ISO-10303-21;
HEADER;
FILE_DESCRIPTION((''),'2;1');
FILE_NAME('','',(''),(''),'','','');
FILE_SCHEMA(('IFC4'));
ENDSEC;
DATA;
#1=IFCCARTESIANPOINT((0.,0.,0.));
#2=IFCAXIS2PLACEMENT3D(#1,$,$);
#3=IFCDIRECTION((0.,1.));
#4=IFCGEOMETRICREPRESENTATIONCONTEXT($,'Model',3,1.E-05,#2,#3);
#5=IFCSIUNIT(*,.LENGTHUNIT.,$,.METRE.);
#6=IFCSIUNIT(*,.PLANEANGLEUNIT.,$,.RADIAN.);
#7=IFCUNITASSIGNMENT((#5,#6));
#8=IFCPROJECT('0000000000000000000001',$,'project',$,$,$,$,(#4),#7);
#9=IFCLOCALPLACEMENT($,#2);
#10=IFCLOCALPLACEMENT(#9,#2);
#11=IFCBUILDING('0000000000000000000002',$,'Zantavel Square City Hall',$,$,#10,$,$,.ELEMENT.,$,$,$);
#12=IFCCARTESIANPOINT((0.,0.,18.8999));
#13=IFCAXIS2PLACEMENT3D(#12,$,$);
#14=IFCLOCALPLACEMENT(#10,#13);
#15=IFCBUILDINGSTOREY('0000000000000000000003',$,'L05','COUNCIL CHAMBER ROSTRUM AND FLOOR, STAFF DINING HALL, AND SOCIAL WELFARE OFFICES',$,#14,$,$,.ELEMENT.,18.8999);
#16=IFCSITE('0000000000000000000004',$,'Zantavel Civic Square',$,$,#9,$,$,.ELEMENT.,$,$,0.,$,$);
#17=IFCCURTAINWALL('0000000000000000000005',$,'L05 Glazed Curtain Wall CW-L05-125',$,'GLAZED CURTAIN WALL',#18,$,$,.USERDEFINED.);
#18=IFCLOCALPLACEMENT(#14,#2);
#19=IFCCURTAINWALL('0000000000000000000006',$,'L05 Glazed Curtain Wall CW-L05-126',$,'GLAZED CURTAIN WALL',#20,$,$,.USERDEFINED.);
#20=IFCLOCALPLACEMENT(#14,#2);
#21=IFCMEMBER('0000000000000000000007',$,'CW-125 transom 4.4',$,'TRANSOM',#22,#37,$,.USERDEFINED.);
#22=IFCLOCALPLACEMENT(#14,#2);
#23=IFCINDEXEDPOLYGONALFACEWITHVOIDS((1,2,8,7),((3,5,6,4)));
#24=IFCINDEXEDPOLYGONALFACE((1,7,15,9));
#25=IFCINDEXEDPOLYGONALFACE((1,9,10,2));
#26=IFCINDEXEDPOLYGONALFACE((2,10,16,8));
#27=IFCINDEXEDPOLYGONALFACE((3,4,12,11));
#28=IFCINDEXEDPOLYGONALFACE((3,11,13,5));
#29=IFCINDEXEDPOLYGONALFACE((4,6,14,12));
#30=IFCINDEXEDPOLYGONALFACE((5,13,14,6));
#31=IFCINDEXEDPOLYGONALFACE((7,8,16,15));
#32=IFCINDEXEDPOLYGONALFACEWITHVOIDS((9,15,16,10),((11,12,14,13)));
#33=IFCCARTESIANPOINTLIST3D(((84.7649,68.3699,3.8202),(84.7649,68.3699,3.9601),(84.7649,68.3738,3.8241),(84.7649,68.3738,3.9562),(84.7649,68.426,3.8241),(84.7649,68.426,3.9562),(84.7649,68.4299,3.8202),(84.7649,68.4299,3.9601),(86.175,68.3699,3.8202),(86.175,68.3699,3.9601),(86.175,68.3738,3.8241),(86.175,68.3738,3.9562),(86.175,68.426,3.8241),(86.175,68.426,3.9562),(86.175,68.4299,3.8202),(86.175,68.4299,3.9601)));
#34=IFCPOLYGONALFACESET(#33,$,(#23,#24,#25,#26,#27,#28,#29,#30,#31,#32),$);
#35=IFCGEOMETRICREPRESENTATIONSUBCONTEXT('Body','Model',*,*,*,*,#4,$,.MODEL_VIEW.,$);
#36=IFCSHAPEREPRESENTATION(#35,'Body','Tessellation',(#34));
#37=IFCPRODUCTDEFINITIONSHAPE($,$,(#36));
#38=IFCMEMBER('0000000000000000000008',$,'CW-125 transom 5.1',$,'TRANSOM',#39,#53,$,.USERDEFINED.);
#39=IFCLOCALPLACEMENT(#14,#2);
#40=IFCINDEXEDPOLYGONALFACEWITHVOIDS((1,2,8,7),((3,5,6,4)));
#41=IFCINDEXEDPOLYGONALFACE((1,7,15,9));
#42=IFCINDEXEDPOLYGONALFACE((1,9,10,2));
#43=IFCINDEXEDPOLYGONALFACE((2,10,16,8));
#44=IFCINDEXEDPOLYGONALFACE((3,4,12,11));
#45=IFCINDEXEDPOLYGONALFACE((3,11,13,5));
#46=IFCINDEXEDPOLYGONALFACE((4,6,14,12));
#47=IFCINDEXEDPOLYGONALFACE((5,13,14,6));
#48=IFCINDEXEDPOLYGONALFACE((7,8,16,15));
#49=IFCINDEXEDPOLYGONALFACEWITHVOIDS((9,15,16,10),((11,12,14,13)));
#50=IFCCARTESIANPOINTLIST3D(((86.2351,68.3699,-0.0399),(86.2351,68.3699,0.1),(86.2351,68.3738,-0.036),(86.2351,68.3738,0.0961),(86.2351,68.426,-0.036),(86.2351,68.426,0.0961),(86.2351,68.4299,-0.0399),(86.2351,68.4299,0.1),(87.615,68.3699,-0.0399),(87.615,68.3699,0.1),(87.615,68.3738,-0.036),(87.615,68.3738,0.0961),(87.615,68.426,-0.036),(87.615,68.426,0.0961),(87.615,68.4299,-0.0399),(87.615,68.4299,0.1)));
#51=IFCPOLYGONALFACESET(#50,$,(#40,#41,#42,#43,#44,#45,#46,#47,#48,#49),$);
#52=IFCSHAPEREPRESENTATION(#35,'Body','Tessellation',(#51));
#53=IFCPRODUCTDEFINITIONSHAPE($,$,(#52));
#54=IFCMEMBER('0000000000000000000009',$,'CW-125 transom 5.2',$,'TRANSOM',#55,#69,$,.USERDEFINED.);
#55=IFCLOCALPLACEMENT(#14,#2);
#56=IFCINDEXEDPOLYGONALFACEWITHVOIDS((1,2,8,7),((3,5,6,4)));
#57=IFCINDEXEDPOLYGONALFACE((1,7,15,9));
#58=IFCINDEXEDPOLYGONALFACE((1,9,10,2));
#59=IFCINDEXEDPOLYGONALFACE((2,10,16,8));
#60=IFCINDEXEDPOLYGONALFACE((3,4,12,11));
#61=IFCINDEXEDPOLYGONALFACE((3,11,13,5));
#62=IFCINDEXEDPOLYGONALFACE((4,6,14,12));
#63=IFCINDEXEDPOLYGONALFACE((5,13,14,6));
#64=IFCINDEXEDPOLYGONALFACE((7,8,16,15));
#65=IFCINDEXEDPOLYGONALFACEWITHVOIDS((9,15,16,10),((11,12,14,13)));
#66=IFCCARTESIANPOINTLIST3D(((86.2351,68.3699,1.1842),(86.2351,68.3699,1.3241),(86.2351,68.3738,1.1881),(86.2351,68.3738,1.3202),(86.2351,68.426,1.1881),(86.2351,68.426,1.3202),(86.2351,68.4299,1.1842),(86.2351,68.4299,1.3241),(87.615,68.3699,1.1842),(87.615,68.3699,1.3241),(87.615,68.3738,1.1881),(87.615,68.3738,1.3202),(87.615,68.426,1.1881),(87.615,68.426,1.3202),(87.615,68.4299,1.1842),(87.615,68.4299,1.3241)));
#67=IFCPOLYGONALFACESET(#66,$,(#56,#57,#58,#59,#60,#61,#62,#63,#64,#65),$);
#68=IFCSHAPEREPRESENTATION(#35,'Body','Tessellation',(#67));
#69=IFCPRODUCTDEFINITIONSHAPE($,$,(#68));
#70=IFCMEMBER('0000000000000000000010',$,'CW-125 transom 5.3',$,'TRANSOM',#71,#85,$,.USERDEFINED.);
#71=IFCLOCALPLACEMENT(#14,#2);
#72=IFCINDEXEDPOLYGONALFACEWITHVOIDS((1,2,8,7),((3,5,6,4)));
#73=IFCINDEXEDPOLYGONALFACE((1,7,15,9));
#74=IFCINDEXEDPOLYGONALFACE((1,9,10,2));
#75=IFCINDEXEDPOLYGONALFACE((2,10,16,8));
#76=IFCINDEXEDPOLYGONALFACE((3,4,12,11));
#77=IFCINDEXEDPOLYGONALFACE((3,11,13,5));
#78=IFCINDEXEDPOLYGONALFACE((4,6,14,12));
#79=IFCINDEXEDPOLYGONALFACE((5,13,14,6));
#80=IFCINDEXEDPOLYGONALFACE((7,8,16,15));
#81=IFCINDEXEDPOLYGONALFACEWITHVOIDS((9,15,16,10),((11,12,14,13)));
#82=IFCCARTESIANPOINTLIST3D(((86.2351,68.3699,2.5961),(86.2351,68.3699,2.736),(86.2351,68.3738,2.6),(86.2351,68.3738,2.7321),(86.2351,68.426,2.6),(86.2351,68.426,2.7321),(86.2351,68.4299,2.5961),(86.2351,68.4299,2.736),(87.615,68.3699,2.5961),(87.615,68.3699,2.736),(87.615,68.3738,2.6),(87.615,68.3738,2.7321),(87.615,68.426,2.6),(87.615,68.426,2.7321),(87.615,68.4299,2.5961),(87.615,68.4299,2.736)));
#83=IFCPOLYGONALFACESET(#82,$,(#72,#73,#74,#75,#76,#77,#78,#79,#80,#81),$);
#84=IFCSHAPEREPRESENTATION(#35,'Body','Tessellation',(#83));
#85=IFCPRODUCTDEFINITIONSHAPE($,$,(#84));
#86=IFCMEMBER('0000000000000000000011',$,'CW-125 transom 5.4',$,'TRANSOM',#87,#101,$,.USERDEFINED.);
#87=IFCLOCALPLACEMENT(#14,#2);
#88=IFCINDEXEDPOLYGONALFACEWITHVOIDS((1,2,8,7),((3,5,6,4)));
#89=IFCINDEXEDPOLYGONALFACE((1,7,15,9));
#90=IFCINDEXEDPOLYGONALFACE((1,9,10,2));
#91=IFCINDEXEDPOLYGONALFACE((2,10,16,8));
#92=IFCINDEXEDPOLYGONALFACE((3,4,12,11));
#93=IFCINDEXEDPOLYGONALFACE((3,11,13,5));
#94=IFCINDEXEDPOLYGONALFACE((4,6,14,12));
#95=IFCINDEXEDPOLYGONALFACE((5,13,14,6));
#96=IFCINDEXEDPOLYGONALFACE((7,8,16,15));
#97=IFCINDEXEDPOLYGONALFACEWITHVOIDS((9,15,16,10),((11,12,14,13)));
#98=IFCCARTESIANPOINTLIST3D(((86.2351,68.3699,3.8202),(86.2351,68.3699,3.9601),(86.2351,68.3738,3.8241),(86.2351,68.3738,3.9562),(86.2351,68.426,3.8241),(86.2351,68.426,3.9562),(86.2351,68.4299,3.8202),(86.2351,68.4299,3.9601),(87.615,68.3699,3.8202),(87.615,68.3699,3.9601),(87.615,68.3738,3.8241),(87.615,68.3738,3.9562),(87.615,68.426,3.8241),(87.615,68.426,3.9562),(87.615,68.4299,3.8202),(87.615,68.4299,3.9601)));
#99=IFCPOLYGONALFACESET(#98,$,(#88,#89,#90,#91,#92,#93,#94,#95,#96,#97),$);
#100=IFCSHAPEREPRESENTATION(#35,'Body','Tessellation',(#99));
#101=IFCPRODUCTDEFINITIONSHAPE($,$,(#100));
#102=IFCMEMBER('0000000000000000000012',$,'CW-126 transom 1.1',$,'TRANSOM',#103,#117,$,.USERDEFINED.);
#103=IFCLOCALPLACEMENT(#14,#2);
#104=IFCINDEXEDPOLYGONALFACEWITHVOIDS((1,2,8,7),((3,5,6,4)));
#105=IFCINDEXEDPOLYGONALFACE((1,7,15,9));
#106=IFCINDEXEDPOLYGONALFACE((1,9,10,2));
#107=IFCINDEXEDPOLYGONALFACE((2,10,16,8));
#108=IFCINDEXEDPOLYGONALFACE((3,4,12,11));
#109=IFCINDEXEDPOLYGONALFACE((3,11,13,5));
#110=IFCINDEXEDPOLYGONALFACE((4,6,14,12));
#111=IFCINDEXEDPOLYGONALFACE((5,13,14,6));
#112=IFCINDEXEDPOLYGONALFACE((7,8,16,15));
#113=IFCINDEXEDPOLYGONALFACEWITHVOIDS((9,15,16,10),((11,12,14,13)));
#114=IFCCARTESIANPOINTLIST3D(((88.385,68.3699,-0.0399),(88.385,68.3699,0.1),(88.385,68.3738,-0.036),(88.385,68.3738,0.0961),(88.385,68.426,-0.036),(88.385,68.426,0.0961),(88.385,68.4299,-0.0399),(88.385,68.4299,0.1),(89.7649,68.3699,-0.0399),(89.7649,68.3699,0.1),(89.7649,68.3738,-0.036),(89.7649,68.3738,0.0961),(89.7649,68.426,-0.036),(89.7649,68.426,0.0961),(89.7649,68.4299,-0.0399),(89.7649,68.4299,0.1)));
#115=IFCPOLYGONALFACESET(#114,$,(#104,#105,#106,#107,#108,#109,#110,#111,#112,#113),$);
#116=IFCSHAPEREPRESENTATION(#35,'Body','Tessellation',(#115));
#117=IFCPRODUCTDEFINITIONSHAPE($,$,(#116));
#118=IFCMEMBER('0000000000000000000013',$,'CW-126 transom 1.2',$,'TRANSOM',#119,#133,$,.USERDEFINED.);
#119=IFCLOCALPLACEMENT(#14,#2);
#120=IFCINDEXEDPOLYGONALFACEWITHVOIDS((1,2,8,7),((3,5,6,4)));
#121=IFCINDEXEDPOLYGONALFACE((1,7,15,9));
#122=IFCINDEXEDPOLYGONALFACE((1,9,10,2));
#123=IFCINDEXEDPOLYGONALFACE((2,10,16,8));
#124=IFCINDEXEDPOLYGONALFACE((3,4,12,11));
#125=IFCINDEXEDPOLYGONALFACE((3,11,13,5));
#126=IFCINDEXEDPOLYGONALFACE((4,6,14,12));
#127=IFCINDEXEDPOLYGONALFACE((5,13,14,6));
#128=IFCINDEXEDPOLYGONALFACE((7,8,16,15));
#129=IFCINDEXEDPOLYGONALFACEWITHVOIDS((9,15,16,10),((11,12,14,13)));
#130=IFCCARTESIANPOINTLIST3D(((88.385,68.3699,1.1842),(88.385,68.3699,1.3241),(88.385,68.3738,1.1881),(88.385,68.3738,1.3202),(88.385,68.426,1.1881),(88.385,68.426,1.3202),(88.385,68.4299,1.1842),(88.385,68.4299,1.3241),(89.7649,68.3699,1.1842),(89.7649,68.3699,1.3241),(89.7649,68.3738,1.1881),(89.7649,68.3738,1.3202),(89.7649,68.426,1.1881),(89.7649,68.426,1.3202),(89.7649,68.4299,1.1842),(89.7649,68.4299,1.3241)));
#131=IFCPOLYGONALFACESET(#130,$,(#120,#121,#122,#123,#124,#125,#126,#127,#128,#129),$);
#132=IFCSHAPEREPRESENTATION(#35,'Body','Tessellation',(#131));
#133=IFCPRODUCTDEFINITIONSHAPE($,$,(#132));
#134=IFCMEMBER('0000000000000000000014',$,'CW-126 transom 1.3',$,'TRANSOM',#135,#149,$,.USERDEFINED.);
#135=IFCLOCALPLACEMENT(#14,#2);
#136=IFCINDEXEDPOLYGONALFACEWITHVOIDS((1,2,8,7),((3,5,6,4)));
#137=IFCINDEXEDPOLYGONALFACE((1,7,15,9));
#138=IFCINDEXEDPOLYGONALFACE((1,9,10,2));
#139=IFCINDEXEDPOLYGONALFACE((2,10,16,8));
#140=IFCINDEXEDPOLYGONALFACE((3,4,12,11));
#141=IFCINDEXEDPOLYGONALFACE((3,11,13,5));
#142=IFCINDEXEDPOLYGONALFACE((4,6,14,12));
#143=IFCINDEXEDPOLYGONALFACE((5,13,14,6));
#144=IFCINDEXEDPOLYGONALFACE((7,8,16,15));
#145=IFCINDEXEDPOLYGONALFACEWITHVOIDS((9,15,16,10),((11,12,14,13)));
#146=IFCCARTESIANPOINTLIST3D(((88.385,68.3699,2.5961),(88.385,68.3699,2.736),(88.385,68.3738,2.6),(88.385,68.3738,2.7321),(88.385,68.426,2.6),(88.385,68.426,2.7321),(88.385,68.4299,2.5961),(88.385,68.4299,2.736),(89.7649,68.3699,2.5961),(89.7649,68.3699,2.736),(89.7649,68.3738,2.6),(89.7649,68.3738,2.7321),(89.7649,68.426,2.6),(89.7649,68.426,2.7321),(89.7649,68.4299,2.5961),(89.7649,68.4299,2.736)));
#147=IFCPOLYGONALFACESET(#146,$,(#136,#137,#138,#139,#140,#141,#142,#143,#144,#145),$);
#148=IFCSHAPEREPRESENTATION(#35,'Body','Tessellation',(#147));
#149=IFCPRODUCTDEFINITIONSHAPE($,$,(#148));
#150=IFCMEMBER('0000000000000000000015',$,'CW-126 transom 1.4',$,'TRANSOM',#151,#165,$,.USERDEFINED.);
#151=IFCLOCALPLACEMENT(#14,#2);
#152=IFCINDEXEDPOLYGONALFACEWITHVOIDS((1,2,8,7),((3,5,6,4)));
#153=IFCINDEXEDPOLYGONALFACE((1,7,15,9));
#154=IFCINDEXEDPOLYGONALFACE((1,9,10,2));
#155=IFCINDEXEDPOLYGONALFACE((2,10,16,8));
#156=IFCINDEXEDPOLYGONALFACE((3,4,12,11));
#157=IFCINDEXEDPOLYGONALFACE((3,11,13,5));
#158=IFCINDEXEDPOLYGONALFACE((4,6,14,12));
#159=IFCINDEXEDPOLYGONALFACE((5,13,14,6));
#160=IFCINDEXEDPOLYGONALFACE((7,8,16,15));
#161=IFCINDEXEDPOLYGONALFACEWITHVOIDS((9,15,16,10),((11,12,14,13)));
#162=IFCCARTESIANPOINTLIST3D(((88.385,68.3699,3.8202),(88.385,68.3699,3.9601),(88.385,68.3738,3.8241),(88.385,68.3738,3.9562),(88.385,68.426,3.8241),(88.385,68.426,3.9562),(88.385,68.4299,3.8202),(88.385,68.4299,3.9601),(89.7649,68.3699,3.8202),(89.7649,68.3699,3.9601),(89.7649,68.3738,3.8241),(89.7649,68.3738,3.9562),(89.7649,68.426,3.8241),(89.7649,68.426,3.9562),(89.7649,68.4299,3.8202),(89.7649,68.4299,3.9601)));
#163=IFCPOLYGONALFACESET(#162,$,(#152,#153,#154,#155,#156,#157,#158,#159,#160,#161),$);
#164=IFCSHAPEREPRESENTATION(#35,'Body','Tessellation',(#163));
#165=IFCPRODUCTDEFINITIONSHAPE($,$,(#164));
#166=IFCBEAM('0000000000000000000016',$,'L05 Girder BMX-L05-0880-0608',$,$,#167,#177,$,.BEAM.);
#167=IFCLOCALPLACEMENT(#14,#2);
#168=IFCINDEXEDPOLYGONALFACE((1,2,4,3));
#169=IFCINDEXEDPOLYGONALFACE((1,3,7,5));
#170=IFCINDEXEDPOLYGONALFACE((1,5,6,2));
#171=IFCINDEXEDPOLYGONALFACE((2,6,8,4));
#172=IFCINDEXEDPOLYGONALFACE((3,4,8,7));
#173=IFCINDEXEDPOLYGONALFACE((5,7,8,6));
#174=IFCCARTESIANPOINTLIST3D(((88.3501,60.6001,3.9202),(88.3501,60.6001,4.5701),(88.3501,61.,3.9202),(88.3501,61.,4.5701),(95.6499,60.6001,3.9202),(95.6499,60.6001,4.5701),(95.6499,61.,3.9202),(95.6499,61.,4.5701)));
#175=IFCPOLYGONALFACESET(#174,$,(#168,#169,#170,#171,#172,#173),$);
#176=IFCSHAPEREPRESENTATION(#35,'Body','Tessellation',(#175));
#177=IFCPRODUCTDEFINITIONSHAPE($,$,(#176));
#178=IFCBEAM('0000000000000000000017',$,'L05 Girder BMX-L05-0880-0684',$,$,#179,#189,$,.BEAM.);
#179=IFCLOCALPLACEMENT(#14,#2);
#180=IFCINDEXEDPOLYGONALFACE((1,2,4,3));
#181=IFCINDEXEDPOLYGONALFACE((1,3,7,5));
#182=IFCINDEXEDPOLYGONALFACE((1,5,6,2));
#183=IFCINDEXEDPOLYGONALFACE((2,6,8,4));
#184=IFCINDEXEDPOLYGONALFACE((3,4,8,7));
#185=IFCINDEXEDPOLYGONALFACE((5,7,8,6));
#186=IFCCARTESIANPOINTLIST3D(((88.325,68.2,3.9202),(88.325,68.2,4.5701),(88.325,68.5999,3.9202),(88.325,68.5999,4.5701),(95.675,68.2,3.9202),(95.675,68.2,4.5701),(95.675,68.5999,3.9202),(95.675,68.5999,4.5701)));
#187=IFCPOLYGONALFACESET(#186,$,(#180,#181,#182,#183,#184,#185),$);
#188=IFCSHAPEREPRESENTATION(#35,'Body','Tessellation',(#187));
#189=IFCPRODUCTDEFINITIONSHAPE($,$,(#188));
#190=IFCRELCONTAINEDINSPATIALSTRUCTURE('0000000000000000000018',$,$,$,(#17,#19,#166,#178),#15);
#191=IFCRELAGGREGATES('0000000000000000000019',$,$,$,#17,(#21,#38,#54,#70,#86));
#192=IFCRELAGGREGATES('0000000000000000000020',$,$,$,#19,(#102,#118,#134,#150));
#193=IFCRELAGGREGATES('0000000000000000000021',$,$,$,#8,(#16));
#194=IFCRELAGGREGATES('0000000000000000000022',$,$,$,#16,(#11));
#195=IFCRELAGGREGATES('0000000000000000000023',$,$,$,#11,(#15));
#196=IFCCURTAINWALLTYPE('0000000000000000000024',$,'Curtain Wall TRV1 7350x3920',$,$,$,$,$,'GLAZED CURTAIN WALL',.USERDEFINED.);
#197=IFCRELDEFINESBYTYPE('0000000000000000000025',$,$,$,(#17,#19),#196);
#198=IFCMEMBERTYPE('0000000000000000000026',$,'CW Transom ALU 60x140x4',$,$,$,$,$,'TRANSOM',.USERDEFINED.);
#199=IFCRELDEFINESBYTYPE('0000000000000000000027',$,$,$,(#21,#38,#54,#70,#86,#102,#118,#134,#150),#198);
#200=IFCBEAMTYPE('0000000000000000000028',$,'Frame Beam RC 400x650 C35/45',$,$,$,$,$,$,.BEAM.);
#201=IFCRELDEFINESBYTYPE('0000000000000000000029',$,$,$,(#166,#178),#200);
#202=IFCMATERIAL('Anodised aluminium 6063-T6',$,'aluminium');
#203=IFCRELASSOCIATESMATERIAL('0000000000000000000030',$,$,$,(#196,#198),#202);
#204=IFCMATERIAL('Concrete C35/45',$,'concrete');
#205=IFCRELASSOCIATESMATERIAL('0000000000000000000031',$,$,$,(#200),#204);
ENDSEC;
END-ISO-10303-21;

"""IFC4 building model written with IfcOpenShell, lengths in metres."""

from ifc_helpers import new_model, si_unit, direction, frame, origin, origin_2d, place, context, subcontext, project, spatial, rectangle, hollow_rectangle, extrude, material, material_profile, profile_set, type_object, element, aggregate, save


model = new_model("IFC4")

# Units and contexts
model_context = context("Model", 3, precision=1e-05, world=origin(), true_north=direction((0.0, 1.0)))
body_context = subcontext(model_context, "Body", "Model", "MODEL_VIEW")
ifc_project = project(units=[si_unit("LENGTHUNIT", "METRE"), si_unit("PLANEANGLEUNIT", "RADIAN")], contexts=[model_context])

# Site, building, storey
site_placement = place(None, origin())
site = spatial("IfcSite", under=ifc_project, at=site_placement, Name="Zantavel Civic Square", CompositionType="ELEMENT", RefElevation=0.0)
building_placement = place(site_placement, origin())
building = spatial("IfcBuilding", under=site, at=building_placement, Name="Zantavel Square City Hall", CompositionType="ELEMENT")
storey_placement = place(building_placement, frame((0.0, 0.0, 18.8999)))
storey = spatial("IfcBuildingStorey", under=building, at=storey_placement, Name="L05", Description="COUNCIL CHAMBER ROSTRUM AND FLOOR, STAFF DINING HALL, AND SOCIAL WELFARE OFFICES", CompositionType="ELEMENT", Elevation=18.8999)

# Curtain walls
ifc_material_1 = material(Name="Anodised aluminium 6063-T6", Category="aluminium")
curtain_wall_type = type_object("IfcCurtainWallType", Name="Curtain Wall TRV1 7350x3920", ElementType="GLAZED CURTAIN WALL", PredefinedType="USERDEFINED", material=ifc_material_1)
curtain_wall_1_placement = place(storey_placement, origin())
curtain_wall_1 = element("IfcCurtainWall", 1, at=curtain_wall_1_placement, inside=storey, type_object=curtain_wall_type, Name="L05 Glazed Curtain Wall CW-L05-125", ObjectType="GLAZED CURTAIN WALL", PredefinedType="USERDEFINED")
curtain_wall_2_placement = place(storey_placement, origin())
curtain_wall_2 = element("IfcCurtainWall", 2, at=curtain_wall_2_placement, inside=storey, type_object=curtain_wall_type, Name="L05 Glazed Curtain Wall CW-L05-126", ObjectType="GLAZED CURTAIN WALL", PredefinedType="USERDEFINED")

# Members
ifc_material_profile_1 = material_profile(ifc_material_1, hollow_rectangle(XDim=0.0601, YDim=0.1399, WallThickness=0.0039, at=origin_2d()), Name="ALU 60x140x4")
ifc_profile_set_1 = profile_set([ifc_material_profile_1], Name="Anodised aluminium 6063-T6")
member_type_1 = type_object("IfcMemberType", Name="CW Transom ALU 60x140x4", ElementType="TRANSOM", PredefinedType="USERDEFINED", material=ifc_profile_set_1)
member_1_placement = place(storey_placement, frame((84.7649, 68.3999, 3.8901), z_axis=(1.0, 0.0, 0.0), x_axis=(0.0, 1.0, 0.0)))
member_1 = element("IfcMember", 3, at=member_1_placement, type_object=member_type_1, Name="CW-125 transom 4.4", ObjectType="TRANSOM", PredefinedType="USERDEFINED", context=body_context, shape_type="SweptSolid", body=[
    extrude(hollow_rectangle(XDim=0.0601, YDim=0.1399, WallThickness=0.0039, at=origin_2d()), origin(), (0.0, 0.0, 1.0), 1.4102),
])
member_2_placement = place(storey_placement, frame((86.2351, 68.3999, 0.03), z_axis=(1.0, 0.0, 0.0), x_axis=(0.0, 1.0, 0.0)))
member_2 = element("IfcMember", 4, at=member_2_placement, type_object=member_type_1, Name="CW-125 transom 5.1", ObjectType="TRANSOM", PredefinedType="USERDEFINED", context=body_context, shape_type="SweptSolid", body=[
    extrude(hollow_rectangle(XDim=0.0601, YDim=0.1399, WallThickness=0.0039, at=origin_2d()), origin(), (0.0, 0.0, 1.0), 1.3799),
])
member_3_placement = place(storey_placement, frame((86.2351, 68.3999, 1.2542), z_axis=(1.0, 0.0, 0.0), x_axis=(0.0, 1.0, 0.0)))
member_3 = element("IfcMember", 5, at=member_3_placement, type_object=member_type_1, Name="CW-125 transom 5.2", ObjectType="TRANSOM", PredefinedType="USERDEFINED", context=body_context, shape_type="SweptSolid", body=[
    extrude(hollow_rectangle(XDim=0.0601, YDim=0.1399, WallThickness=0.0039, at=origin_2d()), origin(), (0.0, 0.0, 1.0), 1.3799),
])
member_4_placement = place(storey_placement, frame((86.2351, 68.3999, 2.666), z_axis=(1.0, 0.0, 0.0), x_axis=(0.0, 1.0, 0.0)))
member_4 = element("IfcMember", 6, at=member_4_placement, type_object=member_type_1, Name="CW-125 transom 5.3", ObjectType="TRANSOM", PredefinedType="USERDEFINED", context=body_context, shape_type="SweptSolid", body=[
    extrude(hollow_rectangle(XDim=0.0601, YDim=0.1399, WallThickness=0.0039, at=origin_2d()), origin(), (0.0, 0.0, 1.0), 1.3799),
])
member_5_placement = place(storey_placement, frame((86.2351, 68.3999, 3.8901), z_axis=(1.0, 0.0, 0.0), x_axis=(0.0, 1.0, 0.0)))
member_5 = element("IfcMember", 7, at=member_5_placement, type_object=member_type_1, Name="CW-125 transom 5.4", ObjectType="TRANSOM", PredefinedType="USERDEFINED", context=body_context, shape_type="SweptSolid", body=[
    extrude(hollow_rectangle(XDim=0.0601, YDim=0.1399, WallThickness=0.0039, at=origin_2d()), origin(), (0.0, 0.0, 1.0), 1.3799),
])
member_6_placement = place(storey_placement, frame((88.385, 68.3999, 0.03), z_axis=(1.0, 0.0, 0.0), x_axis=(0.0, 1.0, 0.0)))
member_6 = element("IfcMember", 8, at=member_6_placement, type_object=member_type_1, Name="CW-126 transom 1.1", ObjectType="TRANSOM", PredefinedType="USERDEFINED", context=body_context, shape_type="SweptSolid", body=[
    extrude(hollow_rectangle(XDim=0.0601, YDim=0.1399, WallThickness=0.0039, at=origin_2d()), origin(), (0.0, 0.0, 1.0), 1.3799),
])
member_7_placement = place(storey_placement, frame((88.385, 68.3999, 1.2542), z_axis=(1.0, 0.0, 0.0), x_axis=(0.0, 1.0, 0.0)))
member_7 = element("IfcMember", 9, at=member_7_placement, type_object=member_type_1, Name="CW-126 transom 1.2", ObjectType="TRANSOM", PredefinedType="USERDEFINED", context=body_context, shape_type="SweptSolid", body=[
    extrude(hollow_rectangle(XDim=0.0601, YDim=0.1399, WallThickness=0.0039, at=origin_2d()), origin(), (0.0, 0.0, 1.0), 1.3799),
])
member_8_placement = place(storey_placement, frame((88.385, 68.3999, 2.666), z_axis=(1.0, 0.0, 0.0), x_axis=(0.0, 1.0, 0.0)))
member_8 = element("IfcMember", 10, at=member_8_placement, type_object=member_type_1, Name="CW-126 transom 1.3", ObjectType="TRANSOM", PredefinedType="USERDEFINED", context=body_context, shape_type="SweptSolid", body=[
    extrude(hollow_rectangle(XDim=0.0601, YDim=0.1399, WallThickness=0.0039, at=origin_2d()), origin(), (0.0, 0.0, 1.0), 1.3799),
])
member_9_placement = place(storey_placement, frame((88.385, 68.3999, 3.8901), z_axis=(1.0, 0.0, 0.0), x_axis=(0.0, 1.0, 0.0)))
member_9 = element("IfcMember", 11, at=member_9_placement, type_object=member_type_1, Name="CW-126 transom 1.4", ObjectType="TRANSOM", PredefinedType="USERDEFINED", context=body_context, shape_type="SweptSolid", body=[
    extrude(hollow_rectangle(XDim=0.0601, YDim=0.1399, WallThickness=0.0039, at=origin_2d()), origin(), (0.0, 0.0, 1.0), 1.3799),
])

# Beams
ifc_material_2 = material(Name="Concrete C35/45", Category="concrete")
ifc_material_profile_2 = material_profile(ifc_material_2, rectangle(XDim=0.3999, YDim=0.6499, at=origin_2d()), Name="RC 400x650")
ifc_profile_set_2 = profile_set([ifc_material_profile_2], Name="Concrete C35/45")
beam_type_1 = type_object("IfcBeamType", Name="Frame Beam RC 400x650 C35/45", PredefinedType="BEAM", material=ifc_profile_set_2)
beam_1_placement = place(storey_placement, frame((88.3501, 60.8, 4.2451), z_axis=(1.0, 0.0, 0.0), x_axis=(0.0, 1.0, 0.0)))
element("IfcBeam", 12, at=beam_1_placement, inside=storey, type_object=beam_type_1, Name="L05 Girder BMX-L05-0880-0608", PredefinedType="BEAM", context=body_context, shape_type="SweptSolid", body=[
    extrude(rectangle(XDim=0.3999, YDim=0.6499, at=origin_2d()), origin(), (0.0, 0.0, 1.0), 7.2998),
])
beam_2_placement = place(storey_placement, frame((88.325, 68.3999, 4.2451), z_axis=(1.0, 0.0, 0.0), x_axis=(0.0, 1.0, 0.0)))
element("IfcBeam", 13, at=beam_2_placement, inside=storey, type_object=beam_type_1, Name="L05 Girder BMX-L05-0880-0684", PredefinedType="BEAM", context=body_context, shape_type="SweptSolid", body=[
    extrude(rectangle(XDim=0.3999, YDim=0.6499, at=origin_2d()), origin(), (0.0, 0.0, 1.0), 7.3501),
])

aggregate(curtain_wall_1, [member_1, member_2, member_3, member_4, member_5])
aggregate(curtain_wall_2, [member_6, member_7, member_8, member_9])

save(model, "model.ifc")
